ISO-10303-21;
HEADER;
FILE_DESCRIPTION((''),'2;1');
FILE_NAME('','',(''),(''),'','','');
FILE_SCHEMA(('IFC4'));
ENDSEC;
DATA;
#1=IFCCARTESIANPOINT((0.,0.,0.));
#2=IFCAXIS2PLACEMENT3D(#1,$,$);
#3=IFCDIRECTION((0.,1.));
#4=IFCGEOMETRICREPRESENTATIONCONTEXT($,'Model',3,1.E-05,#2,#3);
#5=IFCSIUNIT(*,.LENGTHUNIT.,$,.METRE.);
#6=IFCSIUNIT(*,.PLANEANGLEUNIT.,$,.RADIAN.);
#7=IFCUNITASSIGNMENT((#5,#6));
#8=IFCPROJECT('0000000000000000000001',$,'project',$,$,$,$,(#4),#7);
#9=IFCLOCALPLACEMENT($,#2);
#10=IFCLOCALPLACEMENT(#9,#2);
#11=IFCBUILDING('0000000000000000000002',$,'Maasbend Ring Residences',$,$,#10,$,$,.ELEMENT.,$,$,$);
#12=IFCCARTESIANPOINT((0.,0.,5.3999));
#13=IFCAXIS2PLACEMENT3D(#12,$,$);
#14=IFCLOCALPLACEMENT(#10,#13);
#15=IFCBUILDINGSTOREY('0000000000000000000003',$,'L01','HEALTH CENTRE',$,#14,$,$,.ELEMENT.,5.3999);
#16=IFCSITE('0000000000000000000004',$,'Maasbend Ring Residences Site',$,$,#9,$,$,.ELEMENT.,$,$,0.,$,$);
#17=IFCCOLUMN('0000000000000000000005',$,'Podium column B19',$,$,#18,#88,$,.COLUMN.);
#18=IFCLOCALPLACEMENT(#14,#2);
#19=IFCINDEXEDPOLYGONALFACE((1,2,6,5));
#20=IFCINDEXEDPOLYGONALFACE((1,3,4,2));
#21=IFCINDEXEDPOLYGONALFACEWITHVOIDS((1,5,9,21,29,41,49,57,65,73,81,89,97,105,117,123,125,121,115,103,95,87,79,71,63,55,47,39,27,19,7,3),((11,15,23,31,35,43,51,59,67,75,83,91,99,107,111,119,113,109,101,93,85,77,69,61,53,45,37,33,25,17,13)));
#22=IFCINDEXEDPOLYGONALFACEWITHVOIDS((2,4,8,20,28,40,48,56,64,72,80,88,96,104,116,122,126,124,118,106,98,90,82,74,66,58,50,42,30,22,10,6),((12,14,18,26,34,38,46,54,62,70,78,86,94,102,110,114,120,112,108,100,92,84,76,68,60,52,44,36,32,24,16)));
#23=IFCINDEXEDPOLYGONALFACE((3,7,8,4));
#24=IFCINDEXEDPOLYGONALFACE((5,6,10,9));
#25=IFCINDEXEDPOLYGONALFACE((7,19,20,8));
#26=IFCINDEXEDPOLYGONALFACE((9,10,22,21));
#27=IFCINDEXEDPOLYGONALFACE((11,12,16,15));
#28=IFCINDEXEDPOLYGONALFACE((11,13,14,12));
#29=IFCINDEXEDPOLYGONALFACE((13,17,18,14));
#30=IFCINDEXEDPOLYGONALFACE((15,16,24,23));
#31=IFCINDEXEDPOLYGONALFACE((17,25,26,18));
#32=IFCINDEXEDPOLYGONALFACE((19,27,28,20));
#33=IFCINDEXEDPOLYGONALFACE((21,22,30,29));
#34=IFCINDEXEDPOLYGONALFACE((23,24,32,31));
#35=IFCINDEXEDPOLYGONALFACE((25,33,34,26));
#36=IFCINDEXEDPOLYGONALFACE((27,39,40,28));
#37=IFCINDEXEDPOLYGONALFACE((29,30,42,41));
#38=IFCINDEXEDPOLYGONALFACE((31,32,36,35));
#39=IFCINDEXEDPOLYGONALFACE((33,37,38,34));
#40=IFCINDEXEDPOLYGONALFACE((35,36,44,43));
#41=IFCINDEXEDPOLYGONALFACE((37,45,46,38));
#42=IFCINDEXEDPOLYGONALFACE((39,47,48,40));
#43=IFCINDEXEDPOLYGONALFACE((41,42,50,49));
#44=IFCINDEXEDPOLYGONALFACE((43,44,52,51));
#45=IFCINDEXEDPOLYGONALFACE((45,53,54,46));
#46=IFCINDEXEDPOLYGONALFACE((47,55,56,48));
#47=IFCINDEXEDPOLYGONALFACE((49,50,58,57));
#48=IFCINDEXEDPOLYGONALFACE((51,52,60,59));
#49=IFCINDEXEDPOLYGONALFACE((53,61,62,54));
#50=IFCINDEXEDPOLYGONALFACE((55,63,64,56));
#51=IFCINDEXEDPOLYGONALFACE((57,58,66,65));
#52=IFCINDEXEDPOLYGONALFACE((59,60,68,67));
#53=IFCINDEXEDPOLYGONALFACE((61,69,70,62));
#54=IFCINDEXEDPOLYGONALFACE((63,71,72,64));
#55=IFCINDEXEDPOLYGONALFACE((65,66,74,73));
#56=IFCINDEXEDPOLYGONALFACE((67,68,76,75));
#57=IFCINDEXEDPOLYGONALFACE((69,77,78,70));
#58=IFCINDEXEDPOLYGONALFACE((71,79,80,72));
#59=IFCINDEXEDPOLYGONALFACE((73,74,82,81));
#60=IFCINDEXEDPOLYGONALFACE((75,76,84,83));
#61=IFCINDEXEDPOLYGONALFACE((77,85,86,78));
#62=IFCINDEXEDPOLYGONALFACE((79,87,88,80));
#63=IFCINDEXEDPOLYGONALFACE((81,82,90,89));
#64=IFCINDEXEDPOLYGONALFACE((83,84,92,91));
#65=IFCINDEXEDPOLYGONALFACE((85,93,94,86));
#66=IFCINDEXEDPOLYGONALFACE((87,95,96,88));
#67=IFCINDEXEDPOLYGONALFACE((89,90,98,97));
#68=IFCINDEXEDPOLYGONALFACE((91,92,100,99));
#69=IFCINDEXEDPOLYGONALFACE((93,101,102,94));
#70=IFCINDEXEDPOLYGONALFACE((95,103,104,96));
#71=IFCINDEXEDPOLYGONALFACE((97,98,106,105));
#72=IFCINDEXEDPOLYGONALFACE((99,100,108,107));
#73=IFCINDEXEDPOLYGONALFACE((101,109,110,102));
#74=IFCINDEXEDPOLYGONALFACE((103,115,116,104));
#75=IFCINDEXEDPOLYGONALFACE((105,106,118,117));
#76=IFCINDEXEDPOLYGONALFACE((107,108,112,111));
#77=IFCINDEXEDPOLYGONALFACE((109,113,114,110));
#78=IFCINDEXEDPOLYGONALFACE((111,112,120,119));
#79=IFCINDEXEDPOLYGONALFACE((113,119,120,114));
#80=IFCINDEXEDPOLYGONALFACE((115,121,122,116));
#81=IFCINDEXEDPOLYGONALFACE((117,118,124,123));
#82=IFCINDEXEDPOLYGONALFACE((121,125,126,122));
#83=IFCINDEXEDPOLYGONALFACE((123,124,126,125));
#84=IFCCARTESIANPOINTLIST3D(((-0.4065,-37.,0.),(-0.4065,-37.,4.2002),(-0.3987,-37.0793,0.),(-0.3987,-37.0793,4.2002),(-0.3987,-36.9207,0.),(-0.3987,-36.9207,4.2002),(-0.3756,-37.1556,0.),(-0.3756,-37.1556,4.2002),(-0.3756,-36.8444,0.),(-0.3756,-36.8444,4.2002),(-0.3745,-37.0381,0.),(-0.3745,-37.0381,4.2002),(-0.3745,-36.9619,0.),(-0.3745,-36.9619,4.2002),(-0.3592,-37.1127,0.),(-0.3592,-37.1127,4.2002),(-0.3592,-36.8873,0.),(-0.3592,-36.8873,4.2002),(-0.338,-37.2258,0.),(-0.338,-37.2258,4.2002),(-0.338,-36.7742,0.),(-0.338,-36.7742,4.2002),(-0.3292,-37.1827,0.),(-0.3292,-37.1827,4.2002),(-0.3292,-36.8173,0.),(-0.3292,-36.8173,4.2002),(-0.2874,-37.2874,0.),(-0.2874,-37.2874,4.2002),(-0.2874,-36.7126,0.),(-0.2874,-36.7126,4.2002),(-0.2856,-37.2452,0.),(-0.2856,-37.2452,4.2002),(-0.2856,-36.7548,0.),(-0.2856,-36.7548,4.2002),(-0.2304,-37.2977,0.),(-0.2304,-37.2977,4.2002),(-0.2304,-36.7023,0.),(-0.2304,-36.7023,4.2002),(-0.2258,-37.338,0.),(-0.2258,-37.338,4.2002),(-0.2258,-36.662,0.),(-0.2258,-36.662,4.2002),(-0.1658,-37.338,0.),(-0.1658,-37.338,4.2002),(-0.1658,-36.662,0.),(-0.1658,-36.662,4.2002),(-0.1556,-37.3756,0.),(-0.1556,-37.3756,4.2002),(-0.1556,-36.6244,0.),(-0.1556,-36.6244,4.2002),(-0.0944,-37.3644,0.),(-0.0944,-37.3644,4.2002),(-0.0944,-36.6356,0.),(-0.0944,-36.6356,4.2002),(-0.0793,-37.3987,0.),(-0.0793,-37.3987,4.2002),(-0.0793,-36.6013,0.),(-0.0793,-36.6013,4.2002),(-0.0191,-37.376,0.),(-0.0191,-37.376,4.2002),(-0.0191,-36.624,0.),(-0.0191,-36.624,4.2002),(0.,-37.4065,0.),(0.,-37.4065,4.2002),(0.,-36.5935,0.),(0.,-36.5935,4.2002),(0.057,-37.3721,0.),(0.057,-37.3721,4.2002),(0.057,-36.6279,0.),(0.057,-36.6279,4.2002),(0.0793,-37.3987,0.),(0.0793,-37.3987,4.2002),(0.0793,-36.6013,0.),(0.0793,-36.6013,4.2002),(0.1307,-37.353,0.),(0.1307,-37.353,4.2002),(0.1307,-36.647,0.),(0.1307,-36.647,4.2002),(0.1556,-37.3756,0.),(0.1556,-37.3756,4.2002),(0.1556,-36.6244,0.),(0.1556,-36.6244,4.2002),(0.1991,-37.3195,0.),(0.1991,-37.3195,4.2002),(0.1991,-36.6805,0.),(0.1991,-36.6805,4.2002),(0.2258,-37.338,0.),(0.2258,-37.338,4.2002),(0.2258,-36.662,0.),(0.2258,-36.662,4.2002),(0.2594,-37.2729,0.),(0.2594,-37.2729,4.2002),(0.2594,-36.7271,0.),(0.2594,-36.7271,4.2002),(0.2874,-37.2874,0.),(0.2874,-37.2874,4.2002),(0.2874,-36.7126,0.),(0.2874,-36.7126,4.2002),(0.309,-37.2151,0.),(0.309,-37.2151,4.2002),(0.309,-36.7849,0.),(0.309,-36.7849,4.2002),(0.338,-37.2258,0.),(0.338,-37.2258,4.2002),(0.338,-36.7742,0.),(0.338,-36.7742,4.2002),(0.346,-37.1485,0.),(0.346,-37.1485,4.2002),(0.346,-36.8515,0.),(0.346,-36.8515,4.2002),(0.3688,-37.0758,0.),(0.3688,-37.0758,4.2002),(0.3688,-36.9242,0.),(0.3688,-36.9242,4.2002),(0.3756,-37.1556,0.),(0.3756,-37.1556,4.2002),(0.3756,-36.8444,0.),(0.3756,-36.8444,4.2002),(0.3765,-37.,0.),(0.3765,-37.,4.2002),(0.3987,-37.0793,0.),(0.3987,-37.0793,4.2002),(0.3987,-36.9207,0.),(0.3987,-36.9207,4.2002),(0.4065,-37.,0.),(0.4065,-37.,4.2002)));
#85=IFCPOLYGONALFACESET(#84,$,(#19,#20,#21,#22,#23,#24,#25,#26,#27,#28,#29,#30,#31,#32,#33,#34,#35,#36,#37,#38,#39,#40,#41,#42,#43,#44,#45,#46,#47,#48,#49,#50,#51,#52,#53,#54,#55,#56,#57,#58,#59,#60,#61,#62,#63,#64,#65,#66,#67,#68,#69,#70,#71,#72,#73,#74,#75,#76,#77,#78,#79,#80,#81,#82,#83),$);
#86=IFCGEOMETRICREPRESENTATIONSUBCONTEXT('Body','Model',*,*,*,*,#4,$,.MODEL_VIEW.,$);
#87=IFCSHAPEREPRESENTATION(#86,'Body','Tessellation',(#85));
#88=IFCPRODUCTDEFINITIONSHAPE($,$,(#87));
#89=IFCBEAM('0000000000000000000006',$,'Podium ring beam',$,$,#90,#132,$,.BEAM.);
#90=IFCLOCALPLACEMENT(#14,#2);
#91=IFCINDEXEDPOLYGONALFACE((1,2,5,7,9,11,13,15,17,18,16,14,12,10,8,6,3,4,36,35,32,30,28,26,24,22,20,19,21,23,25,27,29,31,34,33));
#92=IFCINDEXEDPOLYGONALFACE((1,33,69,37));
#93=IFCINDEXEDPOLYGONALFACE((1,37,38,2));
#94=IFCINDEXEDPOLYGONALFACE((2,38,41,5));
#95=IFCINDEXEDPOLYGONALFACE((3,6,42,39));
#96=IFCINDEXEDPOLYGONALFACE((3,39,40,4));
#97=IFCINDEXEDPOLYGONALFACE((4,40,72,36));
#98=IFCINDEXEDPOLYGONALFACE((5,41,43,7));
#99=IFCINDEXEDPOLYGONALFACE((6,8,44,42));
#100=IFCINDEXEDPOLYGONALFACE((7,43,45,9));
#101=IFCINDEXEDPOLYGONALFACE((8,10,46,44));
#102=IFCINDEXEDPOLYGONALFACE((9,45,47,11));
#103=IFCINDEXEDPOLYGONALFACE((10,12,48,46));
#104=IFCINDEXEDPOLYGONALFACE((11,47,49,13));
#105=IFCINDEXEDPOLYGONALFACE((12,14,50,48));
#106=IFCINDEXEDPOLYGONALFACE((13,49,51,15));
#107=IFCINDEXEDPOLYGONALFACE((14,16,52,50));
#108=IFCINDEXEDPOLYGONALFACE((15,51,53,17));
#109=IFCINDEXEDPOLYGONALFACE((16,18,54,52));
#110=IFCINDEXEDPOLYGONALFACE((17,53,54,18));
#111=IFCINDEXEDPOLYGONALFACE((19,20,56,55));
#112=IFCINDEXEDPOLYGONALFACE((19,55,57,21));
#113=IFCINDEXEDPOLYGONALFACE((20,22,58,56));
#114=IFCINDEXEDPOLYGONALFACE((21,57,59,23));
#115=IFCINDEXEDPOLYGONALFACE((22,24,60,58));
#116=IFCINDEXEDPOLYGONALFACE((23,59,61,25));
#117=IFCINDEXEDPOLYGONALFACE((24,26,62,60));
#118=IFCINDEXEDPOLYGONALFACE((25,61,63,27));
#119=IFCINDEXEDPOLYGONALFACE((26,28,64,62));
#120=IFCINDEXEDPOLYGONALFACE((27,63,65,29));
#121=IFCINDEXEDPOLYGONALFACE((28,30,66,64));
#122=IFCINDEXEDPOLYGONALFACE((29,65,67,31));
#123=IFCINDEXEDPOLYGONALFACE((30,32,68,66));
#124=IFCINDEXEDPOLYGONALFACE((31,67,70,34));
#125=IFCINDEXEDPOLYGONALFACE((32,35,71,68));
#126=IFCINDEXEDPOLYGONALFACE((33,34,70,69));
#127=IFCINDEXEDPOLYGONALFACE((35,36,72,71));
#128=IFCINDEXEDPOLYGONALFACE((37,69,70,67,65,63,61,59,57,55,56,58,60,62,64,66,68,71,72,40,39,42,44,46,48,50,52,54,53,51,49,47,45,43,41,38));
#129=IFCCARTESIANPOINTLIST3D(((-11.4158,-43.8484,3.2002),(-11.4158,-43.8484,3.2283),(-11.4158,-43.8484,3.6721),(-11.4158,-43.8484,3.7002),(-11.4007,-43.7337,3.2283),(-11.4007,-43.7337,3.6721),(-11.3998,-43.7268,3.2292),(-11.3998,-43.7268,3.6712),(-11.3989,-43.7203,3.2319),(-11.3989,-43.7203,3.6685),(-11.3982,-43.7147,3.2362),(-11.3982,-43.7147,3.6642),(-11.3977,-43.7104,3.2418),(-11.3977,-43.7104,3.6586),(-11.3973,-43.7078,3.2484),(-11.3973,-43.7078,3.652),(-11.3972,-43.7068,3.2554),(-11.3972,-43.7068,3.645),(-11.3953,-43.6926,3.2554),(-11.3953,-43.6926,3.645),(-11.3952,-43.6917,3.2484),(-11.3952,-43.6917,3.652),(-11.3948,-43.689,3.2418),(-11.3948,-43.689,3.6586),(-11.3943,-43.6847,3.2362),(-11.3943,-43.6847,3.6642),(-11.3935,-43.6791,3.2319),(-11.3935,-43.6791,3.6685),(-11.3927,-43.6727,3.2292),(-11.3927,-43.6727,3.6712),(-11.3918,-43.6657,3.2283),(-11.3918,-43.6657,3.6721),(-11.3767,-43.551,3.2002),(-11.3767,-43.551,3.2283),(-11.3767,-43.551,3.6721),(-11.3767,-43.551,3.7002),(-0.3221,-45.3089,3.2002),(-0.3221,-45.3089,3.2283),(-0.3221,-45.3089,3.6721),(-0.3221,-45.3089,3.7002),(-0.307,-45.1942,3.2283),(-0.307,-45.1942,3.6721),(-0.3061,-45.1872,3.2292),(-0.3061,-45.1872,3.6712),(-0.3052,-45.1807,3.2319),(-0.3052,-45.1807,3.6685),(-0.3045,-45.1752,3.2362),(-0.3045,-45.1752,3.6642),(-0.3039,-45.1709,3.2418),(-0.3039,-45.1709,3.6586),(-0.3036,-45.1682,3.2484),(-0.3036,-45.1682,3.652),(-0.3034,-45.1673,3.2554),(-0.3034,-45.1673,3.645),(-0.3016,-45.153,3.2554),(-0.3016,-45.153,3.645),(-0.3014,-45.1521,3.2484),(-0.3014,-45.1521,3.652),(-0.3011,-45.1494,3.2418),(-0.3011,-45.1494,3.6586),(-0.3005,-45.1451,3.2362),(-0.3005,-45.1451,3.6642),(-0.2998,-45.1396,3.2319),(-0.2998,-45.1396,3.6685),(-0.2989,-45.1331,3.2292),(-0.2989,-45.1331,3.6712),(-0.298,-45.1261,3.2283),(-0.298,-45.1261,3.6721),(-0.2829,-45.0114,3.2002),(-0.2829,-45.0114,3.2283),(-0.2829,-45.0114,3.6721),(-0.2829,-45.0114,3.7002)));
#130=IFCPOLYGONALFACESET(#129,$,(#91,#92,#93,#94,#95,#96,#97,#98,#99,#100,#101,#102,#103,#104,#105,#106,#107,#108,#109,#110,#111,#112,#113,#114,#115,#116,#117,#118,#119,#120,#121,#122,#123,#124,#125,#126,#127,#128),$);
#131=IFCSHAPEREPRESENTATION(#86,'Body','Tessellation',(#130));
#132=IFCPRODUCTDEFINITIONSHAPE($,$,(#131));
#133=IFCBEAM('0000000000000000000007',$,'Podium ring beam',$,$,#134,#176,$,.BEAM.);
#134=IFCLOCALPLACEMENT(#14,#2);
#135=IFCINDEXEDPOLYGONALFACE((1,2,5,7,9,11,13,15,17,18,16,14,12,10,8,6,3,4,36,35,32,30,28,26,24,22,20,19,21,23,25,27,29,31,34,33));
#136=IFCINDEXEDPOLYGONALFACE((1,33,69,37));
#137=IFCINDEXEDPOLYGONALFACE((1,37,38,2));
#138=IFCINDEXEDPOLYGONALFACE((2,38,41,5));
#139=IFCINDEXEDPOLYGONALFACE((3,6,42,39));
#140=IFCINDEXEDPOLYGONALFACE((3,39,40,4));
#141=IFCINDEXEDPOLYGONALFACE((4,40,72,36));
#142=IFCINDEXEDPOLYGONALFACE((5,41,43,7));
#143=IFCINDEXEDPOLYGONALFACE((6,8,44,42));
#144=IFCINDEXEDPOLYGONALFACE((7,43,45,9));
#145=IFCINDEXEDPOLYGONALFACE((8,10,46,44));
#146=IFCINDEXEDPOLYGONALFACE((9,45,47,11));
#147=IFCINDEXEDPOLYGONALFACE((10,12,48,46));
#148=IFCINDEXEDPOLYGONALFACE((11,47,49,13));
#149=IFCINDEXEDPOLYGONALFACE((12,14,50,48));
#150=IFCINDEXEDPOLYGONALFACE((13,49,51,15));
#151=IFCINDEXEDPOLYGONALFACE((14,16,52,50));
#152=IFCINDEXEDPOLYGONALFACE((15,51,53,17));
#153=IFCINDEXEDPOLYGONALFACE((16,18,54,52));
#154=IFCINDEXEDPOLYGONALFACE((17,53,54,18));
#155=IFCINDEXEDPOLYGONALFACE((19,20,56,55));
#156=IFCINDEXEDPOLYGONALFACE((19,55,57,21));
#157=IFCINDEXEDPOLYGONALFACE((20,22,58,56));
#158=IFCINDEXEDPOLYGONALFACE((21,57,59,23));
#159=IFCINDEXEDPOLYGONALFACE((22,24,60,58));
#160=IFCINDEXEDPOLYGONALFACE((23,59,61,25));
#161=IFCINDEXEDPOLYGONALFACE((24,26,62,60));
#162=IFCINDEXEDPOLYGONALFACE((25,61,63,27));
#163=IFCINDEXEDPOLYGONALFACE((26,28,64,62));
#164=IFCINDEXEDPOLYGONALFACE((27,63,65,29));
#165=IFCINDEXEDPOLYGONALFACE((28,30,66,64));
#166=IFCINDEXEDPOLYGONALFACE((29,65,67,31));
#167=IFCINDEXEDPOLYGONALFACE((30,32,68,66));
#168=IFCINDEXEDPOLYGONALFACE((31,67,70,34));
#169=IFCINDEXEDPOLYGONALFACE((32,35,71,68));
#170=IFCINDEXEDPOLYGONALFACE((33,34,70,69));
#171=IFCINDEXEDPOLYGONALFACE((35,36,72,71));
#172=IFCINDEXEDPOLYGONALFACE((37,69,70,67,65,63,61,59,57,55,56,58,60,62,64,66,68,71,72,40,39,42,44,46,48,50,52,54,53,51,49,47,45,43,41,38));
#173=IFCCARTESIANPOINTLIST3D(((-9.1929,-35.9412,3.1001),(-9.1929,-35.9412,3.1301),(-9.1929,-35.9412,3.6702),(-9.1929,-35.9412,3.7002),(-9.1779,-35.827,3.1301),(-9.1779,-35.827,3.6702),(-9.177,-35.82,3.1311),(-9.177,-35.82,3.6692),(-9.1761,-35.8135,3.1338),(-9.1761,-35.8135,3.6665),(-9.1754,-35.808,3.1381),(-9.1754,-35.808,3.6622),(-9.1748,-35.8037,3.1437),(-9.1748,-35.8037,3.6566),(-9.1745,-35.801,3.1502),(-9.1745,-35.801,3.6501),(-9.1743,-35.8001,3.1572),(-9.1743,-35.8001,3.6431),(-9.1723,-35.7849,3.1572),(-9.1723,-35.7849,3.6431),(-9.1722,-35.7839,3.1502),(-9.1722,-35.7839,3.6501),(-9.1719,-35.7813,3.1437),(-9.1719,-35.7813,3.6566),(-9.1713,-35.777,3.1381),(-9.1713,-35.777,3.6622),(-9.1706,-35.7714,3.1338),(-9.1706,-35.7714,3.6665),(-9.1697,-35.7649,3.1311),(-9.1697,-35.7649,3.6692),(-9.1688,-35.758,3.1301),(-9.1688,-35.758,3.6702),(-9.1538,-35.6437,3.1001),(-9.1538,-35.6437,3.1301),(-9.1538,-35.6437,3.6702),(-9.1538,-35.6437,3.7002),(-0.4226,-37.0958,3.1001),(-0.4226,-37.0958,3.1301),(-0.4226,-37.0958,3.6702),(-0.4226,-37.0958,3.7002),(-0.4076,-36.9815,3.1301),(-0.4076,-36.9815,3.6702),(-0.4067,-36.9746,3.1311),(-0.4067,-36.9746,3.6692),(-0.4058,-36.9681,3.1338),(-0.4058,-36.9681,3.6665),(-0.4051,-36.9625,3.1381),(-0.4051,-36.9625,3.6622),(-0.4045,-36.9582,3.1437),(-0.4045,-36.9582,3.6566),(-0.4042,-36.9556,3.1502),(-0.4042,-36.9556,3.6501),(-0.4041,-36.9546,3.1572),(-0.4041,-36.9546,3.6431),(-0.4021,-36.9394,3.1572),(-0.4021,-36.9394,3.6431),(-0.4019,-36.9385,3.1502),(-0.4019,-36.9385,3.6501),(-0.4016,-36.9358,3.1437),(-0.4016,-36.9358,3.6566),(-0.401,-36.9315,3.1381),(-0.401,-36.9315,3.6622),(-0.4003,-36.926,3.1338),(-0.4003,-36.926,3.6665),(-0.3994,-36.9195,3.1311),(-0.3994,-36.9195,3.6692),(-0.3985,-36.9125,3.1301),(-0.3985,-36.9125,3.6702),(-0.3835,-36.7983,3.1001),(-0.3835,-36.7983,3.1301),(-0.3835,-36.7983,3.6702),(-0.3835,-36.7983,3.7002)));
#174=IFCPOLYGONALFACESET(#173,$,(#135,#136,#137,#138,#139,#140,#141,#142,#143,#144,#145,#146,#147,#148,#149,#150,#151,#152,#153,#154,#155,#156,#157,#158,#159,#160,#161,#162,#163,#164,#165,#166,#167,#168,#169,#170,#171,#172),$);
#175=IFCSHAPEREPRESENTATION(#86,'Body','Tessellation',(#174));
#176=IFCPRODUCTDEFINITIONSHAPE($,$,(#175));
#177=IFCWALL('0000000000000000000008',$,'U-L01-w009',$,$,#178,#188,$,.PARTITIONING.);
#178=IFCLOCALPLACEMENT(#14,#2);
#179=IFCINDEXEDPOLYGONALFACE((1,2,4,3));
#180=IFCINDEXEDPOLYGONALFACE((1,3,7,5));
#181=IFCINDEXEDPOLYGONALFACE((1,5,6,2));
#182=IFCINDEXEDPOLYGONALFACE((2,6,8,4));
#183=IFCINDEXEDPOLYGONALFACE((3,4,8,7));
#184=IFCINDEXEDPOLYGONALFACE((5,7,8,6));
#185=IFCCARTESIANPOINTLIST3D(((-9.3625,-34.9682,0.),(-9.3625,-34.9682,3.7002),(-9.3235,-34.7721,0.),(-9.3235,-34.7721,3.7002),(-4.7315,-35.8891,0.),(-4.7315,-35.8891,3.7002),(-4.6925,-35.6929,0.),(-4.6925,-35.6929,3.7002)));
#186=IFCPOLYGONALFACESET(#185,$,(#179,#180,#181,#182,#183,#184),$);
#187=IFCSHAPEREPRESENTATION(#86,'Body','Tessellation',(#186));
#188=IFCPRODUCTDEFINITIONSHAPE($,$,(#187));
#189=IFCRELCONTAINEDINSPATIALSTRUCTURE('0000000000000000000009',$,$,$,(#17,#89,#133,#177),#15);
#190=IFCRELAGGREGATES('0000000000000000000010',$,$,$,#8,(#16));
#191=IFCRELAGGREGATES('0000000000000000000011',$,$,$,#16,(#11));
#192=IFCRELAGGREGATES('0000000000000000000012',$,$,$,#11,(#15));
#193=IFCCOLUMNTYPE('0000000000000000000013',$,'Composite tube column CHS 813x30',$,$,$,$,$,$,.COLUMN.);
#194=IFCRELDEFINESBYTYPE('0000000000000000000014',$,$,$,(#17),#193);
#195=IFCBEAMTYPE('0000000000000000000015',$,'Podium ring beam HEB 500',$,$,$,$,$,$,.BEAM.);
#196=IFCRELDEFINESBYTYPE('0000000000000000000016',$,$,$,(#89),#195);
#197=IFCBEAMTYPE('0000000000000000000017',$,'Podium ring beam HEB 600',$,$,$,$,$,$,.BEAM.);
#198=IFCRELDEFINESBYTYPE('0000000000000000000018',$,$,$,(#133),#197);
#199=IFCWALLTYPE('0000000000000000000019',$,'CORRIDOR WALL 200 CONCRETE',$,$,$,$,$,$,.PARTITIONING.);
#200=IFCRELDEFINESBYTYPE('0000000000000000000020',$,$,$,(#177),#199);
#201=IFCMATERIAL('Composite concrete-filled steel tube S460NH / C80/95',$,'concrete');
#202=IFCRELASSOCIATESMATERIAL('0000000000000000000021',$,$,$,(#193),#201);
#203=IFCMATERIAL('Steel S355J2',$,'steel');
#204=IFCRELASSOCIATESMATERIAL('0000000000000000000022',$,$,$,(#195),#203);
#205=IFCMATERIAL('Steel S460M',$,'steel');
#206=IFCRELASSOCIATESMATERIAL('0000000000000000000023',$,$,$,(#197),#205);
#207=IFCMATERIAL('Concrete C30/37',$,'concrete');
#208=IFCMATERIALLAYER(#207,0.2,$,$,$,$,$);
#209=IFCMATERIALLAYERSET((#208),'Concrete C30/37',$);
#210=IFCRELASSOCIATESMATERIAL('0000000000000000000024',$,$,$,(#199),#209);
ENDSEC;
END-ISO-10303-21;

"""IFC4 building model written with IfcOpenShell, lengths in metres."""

from ifc_helpers import new_model, si_unit, direction, frame, frame_2d, origin, origin_2d, place, context, subcontext, project, spatial, rectangle, hollow_circle, i_section, extrude, material, layer, layer_set, material_profile, profile_set, type_object, element, save


model = new_model("IFC4")

# Units and contexts
model_context = context("Model", 3, precision=1e-05, world=origin(), true_north=direction((0.0, 1.0)))
body_context = subcontext(model_context, "Body", "Model", "MODEL_VIEW")
ifc_project = project(units=[si_unit("LENGTHUNIT", "METRE"), si_unit("PLANEANGLEUNIT", "RADIAN")], contexts=[model_context])

# Site, building, storey
site_placement = place(None, origin())
site = spatial("IfcSite", under=ifc_project, at=site_placement, Name="Maasbend Ring Residences Site", CompositionType="ELEMENT", RefElevation=0.0)
building_placement = place(site_placement, origin())
building = spatial("IfcBuilding", under=site, at=building_placement, Name="Maasbend Ring Residences", CompositionType="ELEMENT")
storey_placement = place(building_placement, frame((0.0, 0.0, 5.3999)))
storey = spatial("IfcBuildingStorey", under=building, at=storey_placement, Name="L01", Description="HEALTH CENTRE", CompositionType="ELEMENT", Elevation=5.3999)

# Column
ifc_material_1 = material(Name="Composite concrete-filled steel tube S460NH / C80/95", Category="concrete")
ifc_material_profile_1 = material_profile(ifc_material_1, hollow_circle(Radius=0.4065, WallThickness=0.03, at=origin_2d()), Name="Composite tube column CHS 813x30")
ifc_profile_set_1 = profile_set([ifc_material_profile_1], Name="Composite concrete-filled steel tube S460NH / C80/95")
column_type_1 = type_object("IfcColumnType", Name="Composite tube column CHS 813x30", PredefinedType="COLUMN", material=ifc_profile_set_1)
for number, where, z_axis, x_axis, name in (
    (1, (0.0, -37.0, 0.0), (0.0, 0.0, 1.0), (1.0, 0.0, 0.0), "Podium column B19"),
):
    element("IfcColumn", number, at=place(storey_placement, frame(where, z_axis=z_axis, x_axis=x_axis)), inside=storey, type_object=column_type_1, Name=name, PredefinedType="COLUMN", context=body_context, shape_type="SweptSolid", body=[
        extrude(hollow_circle(Radius=0.4065, WallThickness=0.03, at=origin_2d()), origin(), (0.0, 0.0, 1.0), 4.2002),
    ])

# Beams
ifc_material_2 = material(Name="Steel S355J2", Category="steel")
ifc_material_profile_2 = material_profile(ifc_material_2, i_section(OverallWidth=0.3, OverallDepth=0.5, WebThickness=0.0144, FlangeThickness=0.0281, FilletRadius=0.0271, at=origin_2d()), Name="HEB 500")
ifc_profile_set_2 = profile_set([ifc_material_profile_2], Name="Steel S355J2")
beam_type_1 = type_object("IfcBeamType", Name="Podium ring beam HEB 500", PredefinedType="BEAM", material=ifc_profile_set_2)
beam_1_placement = place(storey_placement, frame((-11.3962, -43.6997, 3.4502), z_axis=(0.991446, -0.13052, 0.0), x_axis=(0.13052, 0.991446, 0.0)))
element("IfcBeam", 2, at=beam_1_placement, inside=storey, type_object=beam_type_1, Name="Podium ring beam", PredefinedType="BEAM", context=body_context, shape_type="SweptSolid", body=[
    extrude(i_section(OverallWidth=0.3, OverallDepth=0.5, WebThickness=0.0144, FlangeThickness=0.0281, FilletRadius=0.0271, at=origin_2d()), origin(), (0.0, 0.0, 1.0), 11.1895),
])
ifc_material_3 = material(Name="Steel S460M", Category="steel")
ifc_material_profile_3 = material_profile(ifc_material_3, i_section(OverallWidth=0.3, OverallDepth=0.6001, WebThickness=0.0154, FlangeThickness=0.03, FilletRadius=0.0271, at=origin_2d()), Name="HEB 600")
ifc_profile_set_3 = profile_set([ifc_material_profile_3], Name="Steel S460M")
beam_type_2 = type_object("IfcBeamType", Name="Podium ring beam HEB 600", PredefinedType="BEAM", material=ifc_profile_set_3)
beam_2_placement = place(storey_placement, frame((-9.1733, -35.7925, 3.4001), z_axis=(0.991446, -0.130517, 0.0), x_axis=(0.130517, 0.991446, 0.0)))
element("IfcBeam", 3, at=beam_2_placement, inside=storey, type_object=beam_type_2, Name="Podium ring beam", PredefinedType="BEAM", context=body_context, shape_type="SweptSolid", body=[
    extrude(i_section(OverallWidth=0.3, OverallDepth=0.6001, WebThickness=0.0154, FlangeThickness=0.03, FilletRadius=0.0271, at=origin_2d()), origin(), (0.0, 0.0, 1.0), 8.8459),
])

# Wall
ifc_material_4 = material(Name="Concrete C30/37", Category="concrete")
ifc_layer_1 = layer(ifc_material_4, 0.2)
ifc_layer_set_1 = layer_set([ifc_layer_1], Name="Concrete C30/37")
wall_type_1 = type_object("IfcWallType", Name="CORRIDOR WALL 200 CONCRETE", PredefinedType="PARTITIONING", material=ifc_layer_set_1)
wall_1_placement = place(storey_placement, frame((-9.343, -34.8701, 0.0), z_axis=(0.0, 0.0, 1.0), x_axis=(0.980797, -0.195032, 0.0)))
element("IfcWall", 4, at=wall_1_placement, inside=storey, type_object=wall_type_1, Name="U-L01-w009", PredefinedType="PARTITIONING", context=body_context, shape_type="SweptSolid", body=[
    extrude(rectangle(XDim=4.7217, YDim=0.2, at=frame_2d((2.3608, 0.0))), origin(), (0.0, 0.0, 1.0), 3.7002),
])

save(model, "model.ifc")
